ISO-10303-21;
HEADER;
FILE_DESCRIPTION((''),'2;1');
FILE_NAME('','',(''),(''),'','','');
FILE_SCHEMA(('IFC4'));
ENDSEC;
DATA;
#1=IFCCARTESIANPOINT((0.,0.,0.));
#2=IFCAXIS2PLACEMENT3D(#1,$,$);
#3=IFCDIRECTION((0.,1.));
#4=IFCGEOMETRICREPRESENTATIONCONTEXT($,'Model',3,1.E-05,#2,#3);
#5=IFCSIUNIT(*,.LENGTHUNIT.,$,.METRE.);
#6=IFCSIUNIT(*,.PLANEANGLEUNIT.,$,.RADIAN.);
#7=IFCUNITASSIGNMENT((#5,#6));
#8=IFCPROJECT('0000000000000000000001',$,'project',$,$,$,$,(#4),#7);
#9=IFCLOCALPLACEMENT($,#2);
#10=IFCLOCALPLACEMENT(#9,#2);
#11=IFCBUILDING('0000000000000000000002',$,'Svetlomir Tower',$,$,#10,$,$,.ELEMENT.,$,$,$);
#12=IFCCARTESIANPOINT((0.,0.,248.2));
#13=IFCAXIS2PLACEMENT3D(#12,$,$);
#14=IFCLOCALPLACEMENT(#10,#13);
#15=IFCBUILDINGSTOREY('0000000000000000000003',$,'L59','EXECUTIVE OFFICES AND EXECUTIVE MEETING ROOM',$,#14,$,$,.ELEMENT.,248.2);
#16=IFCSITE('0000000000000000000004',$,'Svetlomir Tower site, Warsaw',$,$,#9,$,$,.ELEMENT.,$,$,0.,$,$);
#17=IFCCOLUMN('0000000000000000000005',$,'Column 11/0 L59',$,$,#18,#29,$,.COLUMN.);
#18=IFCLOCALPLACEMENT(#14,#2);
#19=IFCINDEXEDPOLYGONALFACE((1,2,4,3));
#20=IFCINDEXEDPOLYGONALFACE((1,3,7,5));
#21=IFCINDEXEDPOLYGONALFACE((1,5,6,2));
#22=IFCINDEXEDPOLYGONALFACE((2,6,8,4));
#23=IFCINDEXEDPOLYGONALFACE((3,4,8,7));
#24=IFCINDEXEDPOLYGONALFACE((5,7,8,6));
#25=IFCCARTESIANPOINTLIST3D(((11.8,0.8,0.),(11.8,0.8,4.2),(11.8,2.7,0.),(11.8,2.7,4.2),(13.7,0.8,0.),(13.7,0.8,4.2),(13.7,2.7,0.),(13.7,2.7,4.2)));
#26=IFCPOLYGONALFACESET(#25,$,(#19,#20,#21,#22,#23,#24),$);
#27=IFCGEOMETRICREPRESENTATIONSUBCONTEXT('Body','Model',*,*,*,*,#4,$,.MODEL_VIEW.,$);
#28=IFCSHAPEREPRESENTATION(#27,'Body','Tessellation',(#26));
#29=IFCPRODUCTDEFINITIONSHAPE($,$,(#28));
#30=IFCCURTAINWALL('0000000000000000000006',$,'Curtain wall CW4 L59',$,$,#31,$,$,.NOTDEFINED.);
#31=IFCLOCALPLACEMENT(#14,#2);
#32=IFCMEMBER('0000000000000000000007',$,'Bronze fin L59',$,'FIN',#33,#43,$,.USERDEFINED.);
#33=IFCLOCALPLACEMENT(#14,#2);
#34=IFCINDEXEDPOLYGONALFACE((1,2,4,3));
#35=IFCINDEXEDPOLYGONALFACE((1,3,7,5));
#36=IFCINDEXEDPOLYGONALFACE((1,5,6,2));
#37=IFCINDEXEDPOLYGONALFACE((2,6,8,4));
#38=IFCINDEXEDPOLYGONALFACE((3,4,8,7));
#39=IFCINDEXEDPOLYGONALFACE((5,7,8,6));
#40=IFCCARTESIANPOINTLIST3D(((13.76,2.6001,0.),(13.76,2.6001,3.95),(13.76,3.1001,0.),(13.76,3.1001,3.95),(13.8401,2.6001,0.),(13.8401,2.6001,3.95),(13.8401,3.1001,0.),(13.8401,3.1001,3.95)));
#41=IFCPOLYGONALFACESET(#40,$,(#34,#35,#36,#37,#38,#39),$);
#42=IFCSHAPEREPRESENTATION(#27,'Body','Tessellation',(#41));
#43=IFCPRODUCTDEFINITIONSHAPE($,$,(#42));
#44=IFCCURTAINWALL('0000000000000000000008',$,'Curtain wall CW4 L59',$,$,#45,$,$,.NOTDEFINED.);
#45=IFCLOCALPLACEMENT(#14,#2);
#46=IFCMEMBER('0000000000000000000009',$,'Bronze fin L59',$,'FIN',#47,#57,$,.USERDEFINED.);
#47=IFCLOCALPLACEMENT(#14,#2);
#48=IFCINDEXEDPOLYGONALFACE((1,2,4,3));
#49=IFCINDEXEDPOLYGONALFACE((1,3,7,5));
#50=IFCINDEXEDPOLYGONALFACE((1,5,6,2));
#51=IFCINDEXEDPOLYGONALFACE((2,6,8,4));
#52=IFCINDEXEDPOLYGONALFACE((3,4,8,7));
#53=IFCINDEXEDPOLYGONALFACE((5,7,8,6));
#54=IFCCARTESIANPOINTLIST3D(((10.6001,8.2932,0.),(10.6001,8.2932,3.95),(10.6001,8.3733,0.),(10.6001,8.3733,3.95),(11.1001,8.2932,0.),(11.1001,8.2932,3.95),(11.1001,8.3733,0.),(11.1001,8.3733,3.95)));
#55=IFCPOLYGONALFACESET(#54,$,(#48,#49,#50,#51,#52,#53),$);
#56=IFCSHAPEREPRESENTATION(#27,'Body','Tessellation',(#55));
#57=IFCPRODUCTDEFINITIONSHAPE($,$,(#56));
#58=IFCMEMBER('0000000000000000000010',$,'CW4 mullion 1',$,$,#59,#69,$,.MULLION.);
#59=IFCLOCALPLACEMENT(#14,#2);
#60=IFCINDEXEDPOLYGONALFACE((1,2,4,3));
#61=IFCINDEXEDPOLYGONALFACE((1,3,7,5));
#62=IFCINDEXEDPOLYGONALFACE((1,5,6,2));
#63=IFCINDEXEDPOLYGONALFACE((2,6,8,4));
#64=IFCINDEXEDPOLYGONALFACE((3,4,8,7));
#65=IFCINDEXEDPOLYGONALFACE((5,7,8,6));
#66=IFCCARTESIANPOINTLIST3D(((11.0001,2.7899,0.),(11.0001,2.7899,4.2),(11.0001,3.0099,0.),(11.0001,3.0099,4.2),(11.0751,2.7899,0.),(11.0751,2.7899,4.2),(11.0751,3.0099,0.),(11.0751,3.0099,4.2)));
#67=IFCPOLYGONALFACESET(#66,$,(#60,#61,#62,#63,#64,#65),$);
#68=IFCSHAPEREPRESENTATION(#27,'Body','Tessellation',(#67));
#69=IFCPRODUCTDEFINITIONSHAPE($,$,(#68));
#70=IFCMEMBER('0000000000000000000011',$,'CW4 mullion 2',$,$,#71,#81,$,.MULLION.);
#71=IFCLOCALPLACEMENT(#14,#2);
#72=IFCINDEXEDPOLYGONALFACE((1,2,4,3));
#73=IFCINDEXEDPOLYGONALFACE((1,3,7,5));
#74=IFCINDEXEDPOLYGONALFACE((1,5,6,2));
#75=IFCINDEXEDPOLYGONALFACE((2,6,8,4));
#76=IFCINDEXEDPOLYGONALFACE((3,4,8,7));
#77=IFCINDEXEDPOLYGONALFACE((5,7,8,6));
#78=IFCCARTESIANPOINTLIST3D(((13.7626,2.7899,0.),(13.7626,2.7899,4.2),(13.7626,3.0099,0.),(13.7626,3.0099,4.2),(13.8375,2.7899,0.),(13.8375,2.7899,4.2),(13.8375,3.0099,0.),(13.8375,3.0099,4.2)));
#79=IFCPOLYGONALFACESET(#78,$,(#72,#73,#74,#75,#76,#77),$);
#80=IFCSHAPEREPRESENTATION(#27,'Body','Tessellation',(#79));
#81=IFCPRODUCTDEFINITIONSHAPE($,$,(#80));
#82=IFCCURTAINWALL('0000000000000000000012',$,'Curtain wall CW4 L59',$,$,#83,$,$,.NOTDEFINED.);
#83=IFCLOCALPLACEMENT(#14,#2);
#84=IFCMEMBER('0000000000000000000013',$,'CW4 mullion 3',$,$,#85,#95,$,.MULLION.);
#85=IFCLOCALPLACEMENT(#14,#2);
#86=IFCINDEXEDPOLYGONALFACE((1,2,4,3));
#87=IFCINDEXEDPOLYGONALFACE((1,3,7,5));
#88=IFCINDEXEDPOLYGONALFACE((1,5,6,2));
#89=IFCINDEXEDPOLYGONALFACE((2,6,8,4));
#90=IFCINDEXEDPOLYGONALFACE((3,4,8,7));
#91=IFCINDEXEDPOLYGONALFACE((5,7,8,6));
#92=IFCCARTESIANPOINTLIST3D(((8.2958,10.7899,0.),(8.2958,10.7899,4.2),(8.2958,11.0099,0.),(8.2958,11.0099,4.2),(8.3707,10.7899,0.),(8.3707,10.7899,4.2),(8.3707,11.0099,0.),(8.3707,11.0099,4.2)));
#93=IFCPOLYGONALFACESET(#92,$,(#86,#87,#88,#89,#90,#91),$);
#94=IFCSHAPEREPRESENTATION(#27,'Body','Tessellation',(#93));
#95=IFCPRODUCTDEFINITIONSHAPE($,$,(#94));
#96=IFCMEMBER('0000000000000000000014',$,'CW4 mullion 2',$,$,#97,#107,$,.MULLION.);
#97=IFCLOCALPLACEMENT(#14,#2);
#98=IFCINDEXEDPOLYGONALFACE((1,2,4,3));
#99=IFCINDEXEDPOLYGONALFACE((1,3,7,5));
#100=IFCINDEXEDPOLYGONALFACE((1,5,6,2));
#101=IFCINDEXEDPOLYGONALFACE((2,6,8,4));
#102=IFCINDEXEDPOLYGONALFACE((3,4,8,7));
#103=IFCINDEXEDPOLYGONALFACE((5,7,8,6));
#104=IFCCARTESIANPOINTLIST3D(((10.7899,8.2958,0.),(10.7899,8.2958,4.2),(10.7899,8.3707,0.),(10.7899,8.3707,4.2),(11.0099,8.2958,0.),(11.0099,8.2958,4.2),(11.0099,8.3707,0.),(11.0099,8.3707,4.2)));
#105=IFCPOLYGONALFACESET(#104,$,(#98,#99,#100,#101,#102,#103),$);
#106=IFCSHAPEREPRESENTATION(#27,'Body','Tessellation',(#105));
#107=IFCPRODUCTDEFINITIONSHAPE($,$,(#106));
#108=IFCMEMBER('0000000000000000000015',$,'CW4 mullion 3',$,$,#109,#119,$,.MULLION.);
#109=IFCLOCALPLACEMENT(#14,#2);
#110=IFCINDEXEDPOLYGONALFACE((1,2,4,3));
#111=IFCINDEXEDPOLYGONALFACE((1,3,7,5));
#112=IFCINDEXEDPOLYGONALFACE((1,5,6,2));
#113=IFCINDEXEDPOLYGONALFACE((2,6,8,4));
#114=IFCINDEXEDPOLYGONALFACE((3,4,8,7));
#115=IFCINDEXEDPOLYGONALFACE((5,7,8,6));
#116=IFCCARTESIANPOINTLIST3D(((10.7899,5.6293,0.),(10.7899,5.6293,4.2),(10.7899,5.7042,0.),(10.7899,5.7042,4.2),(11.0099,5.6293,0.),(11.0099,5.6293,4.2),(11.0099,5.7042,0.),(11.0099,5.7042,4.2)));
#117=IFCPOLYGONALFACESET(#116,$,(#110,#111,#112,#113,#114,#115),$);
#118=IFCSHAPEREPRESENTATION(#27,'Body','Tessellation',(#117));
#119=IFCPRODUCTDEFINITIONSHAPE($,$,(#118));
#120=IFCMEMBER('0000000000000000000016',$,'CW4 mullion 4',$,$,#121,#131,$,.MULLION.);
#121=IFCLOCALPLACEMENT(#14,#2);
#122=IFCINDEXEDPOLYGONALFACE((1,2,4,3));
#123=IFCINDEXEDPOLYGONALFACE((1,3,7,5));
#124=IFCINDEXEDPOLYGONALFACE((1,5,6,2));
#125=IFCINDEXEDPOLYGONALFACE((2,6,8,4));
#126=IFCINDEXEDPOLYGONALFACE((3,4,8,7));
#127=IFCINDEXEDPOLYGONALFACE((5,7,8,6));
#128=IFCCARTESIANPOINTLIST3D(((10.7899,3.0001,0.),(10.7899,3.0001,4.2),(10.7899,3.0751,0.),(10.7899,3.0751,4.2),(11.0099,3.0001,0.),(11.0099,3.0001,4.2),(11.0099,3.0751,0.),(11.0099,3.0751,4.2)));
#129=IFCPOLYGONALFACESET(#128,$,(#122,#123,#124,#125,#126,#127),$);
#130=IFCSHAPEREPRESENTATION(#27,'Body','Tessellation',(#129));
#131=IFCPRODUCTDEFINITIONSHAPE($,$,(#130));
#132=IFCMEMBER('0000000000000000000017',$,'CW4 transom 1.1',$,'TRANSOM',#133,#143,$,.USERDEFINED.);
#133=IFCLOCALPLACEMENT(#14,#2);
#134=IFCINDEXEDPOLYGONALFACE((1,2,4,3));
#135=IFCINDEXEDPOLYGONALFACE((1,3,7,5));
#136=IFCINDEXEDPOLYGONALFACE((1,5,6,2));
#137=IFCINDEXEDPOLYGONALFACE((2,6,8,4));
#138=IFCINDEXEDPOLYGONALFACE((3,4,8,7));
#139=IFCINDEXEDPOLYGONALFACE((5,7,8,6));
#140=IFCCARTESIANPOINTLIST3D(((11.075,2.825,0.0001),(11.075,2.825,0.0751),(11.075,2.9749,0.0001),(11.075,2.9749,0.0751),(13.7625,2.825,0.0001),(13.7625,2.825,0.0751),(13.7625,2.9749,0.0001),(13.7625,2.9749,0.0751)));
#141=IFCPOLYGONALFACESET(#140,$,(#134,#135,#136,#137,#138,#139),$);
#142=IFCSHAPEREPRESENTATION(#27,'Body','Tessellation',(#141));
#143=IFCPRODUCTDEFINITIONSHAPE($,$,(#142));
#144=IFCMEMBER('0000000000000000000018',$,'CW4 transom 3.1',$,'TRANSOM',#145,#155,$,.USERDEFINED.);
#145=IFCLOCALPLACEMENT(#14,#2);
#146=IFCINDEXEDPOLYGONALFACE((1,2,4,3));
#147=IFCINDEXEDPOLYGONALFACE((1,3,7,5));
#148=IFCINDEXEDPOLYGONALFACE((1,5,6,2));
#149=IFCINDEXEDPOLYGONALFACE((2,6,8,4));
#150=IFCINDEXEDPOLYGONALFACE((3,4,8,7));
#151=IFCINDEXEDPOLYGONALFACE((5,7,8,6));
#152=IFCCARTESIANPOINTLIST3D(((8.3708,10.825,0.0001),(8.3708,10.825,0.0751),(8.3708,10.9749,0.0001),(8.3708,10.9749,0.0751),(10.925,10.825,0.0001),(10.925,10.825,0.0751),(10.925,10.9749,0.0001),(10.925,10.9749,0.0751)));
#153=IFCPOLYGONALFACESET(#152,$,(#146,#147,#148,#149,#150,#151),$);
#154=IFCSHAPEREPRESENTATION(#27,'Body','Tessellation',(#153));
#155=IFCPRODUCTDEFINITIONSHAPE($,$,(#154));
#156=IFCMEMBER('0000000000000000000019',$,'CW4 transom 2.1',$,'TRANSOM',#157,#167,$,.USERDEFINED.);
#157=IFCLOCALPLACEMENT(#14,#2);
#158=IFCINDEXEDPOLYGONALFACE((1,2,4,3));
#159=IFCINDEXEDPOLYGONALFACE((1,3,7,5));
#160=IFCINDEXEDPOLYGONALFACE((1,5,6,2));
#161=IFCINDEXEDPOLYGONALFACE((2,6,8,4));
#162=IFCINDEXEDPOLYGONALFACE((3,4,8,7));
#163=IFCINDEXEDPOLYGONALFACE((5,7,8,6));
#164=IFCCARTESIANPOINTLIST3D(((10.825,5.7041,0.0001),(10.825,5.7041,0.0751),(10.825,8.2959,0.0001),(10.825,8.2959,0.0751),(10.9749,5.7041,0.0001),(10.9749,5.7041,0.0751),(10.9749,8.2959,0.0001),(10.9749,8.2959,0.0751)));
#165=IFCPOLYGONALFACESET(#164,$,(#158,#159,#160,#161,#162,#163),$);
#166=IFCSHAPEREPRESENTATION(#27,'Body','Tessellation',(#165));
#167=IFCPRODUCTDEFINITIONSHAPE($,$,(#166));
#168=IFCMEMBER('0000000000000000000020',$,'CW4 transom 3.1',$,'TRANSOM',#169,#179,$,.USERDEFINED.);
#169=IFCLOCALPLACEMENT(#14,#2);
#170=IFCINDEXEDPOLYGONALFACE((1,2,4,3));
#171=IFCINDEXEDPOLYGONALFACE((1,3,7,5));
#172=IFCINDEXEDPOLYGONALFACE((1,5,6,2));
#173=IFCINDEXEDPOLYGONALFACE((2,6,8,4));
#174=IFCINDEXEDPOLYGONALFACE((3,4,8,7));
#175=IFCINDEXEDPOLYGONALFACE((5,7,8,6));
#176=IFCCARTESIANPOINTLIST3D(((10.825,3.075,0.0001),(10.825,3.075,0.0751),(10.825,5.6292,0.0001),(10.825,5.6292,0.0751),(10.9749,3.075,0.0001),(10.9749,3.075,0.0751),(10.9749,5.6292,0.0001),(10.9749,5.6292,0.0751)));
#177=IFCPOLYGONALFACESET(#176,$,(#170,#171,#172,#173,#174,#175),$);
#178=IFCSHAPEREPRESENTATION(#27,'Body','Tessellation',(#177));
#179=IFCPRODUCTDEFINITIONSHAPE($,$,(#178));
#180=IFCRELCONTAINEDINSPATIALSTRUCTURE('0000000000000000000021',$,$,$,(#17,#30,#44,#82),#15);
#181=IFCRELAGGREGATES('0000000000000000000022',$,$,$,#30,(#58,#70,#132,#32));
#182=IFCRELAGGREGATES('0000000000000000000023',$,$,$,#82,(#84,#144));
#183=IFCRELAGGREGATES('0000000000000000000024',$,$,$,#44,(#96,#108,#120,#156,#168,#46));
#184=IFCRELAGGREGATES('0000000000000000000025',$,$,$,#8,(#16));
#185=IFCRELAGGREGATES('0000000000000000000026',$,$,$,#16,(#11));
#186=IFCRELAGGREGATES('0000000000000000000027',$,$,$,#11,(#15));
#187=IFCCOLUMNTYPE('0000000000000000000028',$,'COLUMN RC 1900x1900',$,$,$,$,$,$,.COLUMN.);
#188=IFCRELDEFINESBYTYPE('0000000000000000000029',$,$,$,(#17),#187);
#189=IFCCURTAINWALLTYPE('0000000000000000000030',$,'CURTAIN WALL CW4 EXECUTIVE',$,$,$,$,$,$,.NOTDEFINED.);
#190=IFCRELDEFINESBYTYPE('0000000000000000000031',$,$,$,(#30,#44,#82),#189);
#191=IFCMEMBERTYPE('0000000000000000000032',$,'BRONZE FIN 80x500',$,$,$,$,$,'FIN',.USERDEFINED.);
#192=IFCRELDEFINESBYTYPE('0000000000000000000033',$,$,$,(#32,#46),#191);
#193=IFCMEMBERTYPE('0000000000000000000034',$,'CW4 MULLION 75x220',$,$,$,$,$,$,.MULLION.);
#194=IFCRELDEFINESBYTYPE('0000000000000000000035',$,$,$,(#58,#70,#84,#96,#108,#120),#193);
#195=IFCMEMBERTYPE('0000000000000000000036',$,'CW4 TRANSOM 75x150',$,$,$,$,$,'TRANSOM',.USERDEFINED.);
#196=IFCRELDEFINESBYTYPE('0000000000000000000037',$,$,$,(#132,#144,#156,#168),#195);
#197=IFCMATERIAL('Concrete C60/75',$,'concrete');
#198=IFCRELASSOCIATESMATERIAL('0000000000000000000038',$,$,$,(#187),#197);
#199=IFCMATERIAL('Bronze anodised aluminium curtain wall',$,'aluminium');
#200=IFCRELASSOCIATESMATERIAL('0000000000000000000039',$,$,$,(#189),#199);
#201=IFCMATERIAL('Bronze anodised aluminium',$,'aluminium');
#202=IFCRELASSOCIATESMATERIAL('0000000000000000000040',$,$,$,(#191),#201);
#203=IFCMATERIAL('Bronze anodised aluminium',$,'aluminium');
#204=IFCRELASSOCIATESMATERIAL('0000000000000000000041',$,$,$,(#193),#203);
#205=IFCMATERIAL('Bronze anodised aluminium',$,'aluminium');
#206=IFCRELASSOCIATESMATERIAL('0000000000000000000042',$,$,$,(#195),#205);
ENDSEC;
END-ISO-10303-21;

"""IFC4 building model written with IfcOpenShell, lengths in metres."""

from ifc_helpers import new_model, si_unit, direction, frame, origin, origin_2d, place, context, subcontext, project, spatial, rectangle, extrude, material, material_profile, profile_set, type_object, element, aggregate, save


model = new_model("IFC4")

# Units and contexts
model_context = context("Model", 3, precision=1e-05, world=origin(), true_north=direction((0.0, 1.0)))
body_context = subcontext(model_context, "Body", "Model", "MODEL_VIEW")
ifc_project = project(units=[si_unit("LENGTHUNIT", "METRE"), si_unit("PLANEANGLEUNIT", "RADIAN")], contexts=[model_context])

# Site, building, storey
site_placement = place(None, origin())
site = spatial("IfcSite", under=ifc_project, at=site_placement, Name="Svetlomir Tower site, Warsaw", CompositionType="ELEMENT", RefElevation=0.0)
building_placement = place(site_placement, origin())
building = spatial("IfcBuilding", under=site, at=building_placement, Name="Svetlomir Tower", CompositionType="ELEMENT")
storey_placement = place(building_placement, frame((0.0, 0.0, 248.2)))
storey = spatial("IfcBuildingStorey", under=building, at=storey_placement, Name="L59", Description="EXECUTIVE OFFICES AND EXECUTIVE MEETING ROOM", CompositionType="ELEMENT", Elevation=248.2)

# Column
ifc_material_1 = material(Name="Concrete C60/75", Category="concrete")
ifc_material_profile_1 = material_profile(ifc_material_1, rectangle(XDim=1.8999, YDim=1.8999, at=origin_2d()), Name="RC 1900x1900")
ifc_profile_set_1 = profile_set([ifc_material_profile_1], Name="Concrete C60/75")
column_type = type_object("IfcColumnType", Name="COLUMN RC 1900x1900", PredefinedType="COLUMN", material=ifc_profile_set_1)
column_placement = place(storey_placement, frame((12.75, 1.75, 0.0), z_axis=(0.0, 0.0, 1.0), x_axis=(1.0, 0.0, 0.0)))
element("IfcColumn", 1, at=column_placement, inside=storey, type_object=column_type, Name="Column 11/0 L59", PredefinedType="COLUMN", context=body_context, shape_type="SweptSolid", body=[
    extrude(rectangle(XDim=1.8999, YDim=1.8999, at=origin_2d()), origin(), (0.0, 0.0, 1.0), 4.2),
])

# Curtain walls, members
ifc_material_2 = material(Name="Bronze anodised aluminium curtain wall", Category="aluminium")
curtain_wall_type = type_object("IfcCurtainWallType", Name="CURTAIN WALL CW4 EXECUTIVE", PredefinedType="NOTDEFINED", material=ifc_material_2)
curtain_wall_1_placement = place(storey_placement, origin())
curtain_wall_1 = element("IfcCurtainWall", 2, at=curtain_wall_1_placement, inside=storey, type_object=curtain_wall_type, Name="Curtain wall CW4 L59", PredefinedType="NOTDEFINED")
ifc_material_3 = material(Name="Bronze anodised aluminium", Category="aluminium")
ifc_material_profile_2 = material_profile(ifc_material_3, rectangle(XDim=0.0801, YDim=0.5, at=origin_2d()), Name="FIN 80x500")
ifc_profile_set_2 = profile_set([ifc_material_profile_2], Name="Bronze anodised aluminium 6063-T6")
member_type_1 = type_object("IfcMemberType", Name="BRONZE FIN 80x500", ElementType="FIN", PredefinedType="USERDEFINED", material=ifc_profile_set_2)
member_1_placement = place(storey_placement, frame((13.8, 2.8501, 0.0), z_axis=(0.0, 0.0, 1.0), x_axis=(1.0, 0.0, 0.0)))
member_1 = element("IfcMember", 3, at=member_1_placement, type_object=member_type_1, Name="Bronze fin L59", ObjectType="FIN", PredefinedType="USERDEFINED", context=body_context, shape_type="SweptSolid", body=[
    extrude(rectangle(XDim=0.0801, YDim=0.5, at=origin_2d()), origin(), (0.0, 0.0, 1.0), 3.95),
])
curtain_wall_2_placement = place(storey_placement, origin())
curtain_wall_2 = element("IfcCurtainWall", 4, at=curtain_wall_2_placement, inside=storey, type_object=curtain_wall_type, Name="Curtain wall CW4 L59", PredefinedType="NOTDEFINED")
member_2_placement = place(storey_placement, frame((10.8501, 8.3333, 0.0), z_axis=(0.0, 0.0, 1.0), x_axis=(0.0, 1.0, 0.0)))
member_2 = element("IfcMember", 5, at=member_2_placement, type_object=member_type_1, Name="Bronze fin L59", ObjectType="FIN", PredefinedType="USERDEFINED", context=body_context, shape_type="SweptSolid", body=[
    extrude(rectangle(XDim=0.0801, YDim=0.5, at=origin_2d()), origin(), (0.0, 0.0, 1.0), 3.95),
])

# Members
ifc_material_4 = material(Name="Bronze anodised aluminium", Category="aluminium")
ifc_material_profile_3 = material_profile(ifc_material_4, rectangle(XDim=0.075, YDim=0.22, at=origin_2d()), Name="AL 75x220")
ifc_profile_set_3 = profile_set([ifc_material_profile_3], Name="Bronze anodised aluminium 6063-T6")
member_type_2 = type_object("IfcMemberType", Name="CW4 MULLION 75x220", PredefinedType="MULLION", material=ifc_profile_set_3)
member_3_placement = place(storey_placement, frame((11.0376, 2.8999, 0.0), z_axis=(0.0, 0.0, 1.0), x_axis=(1.0, 0.0, 0.0)))
member_3 = element("IfcMember", 6, at=member_3_placement, type_object=member_type_2, Name="CW4 mullion 1", PredefinedType="MULLION", context=body_context, shape_type="SweptSolid", body=[
    extrude(rectangle(XDim=0.075, YDim=0.22, at=origin_2d()), origin(), (0.0, 0.0, 1.0), 4.2),
])
member_4_placement = place(storey_placement, frame((13.8, 2.8999, 0.0), z_axis=(0.0, 0.0, 1.0), x_axis=(1.0, 0.0, 0.0)))
member_4 = element("IfcMember", 7, at=member_4_placement, type_object=member_type_2, Name="CW4 mullion 2", PredefinedType="MULLION", context=body_context, shape_type="SweptSolid", body=[
    extrude(rectangle(XDim=0.075, YDim=0.22, at=origin_2d()), origin(), (0.0, 0.0, 1.0), 4.2),
])

# Curtain wall, member
curtain_wall_3_placement = place(storey_placement, origin())
curtain_wall_3 = element("IfcCurtainWall", 8, at=curtain_wall_3_placement, inside=storey, type_object=curtain_wall_type, Name="Curtain wall CW4 L59", PredefinedType="NOTDEFINED")
member_5_placement = place(storey_placement, frame((8.3333, 10.8999, 0.0), z_axis=(0.0, 0.0, 1.0), x_axis=(1.0, 0.0, 0.0)))
member_5 = element("IfcMember", 9, at=member_5_placement, type_object=member_type_2, Name="CW4 mullion 3", PredefinedType="MULLION", context=body_context, shape_type="SweptSolid", body=[
    extrude(rectangle(XDim=0.075, YDim=0.22, at=origin_2d()), origin(), (0.0, 0.0, 1.0), 4.2),
])

# Members
member_6_placement = place(storey_placement, frame((10.8999, 8.3333, 0.0), z_axis=(0.0, 0.0, 1.0), x_axis=(0.0, -1.0, 0.0)))
member_6 = element("IfcMember", 10, at=member_6_placement, type_object=member_type_2, Name="CW4 mullion 2", PredefinedType="MULLION", context=body_context, shape_type="SweptSolid", body=[
    extrude(rectangle(XDim=0.075, YDim=0.22, at=origin_2d()), origin(), (0.0, 0.0, 1.0), 4.2),
])
member_7_placement = place(storey_placement, frame((10.8999, 5.6667, 0.0), z_axis=(0.0, 0.0, 1.0), x_axis=(0.0, -1.0, 0.0)))
member_7 = element("IfcMember", 11, at=member_7_placement, type_object=member_type_2, Name="CW4 mullion 3", PredefinedType="MULLION", context=body_context, shape_type="SweptSolid", body=[
    extrude(rectangle(XDim=0.075, YDim=0.22, at=origin_2d()), origin(), (0.0, 0.0, 1.0), 4.2),
])
member_8_placement = place(storey_placement, frame((10.8999, 3.0376, 0.0), z_axis=(0.0, 0.0, 1.0), x_axis=(0.0, -1.0, 0.0)))
member_8 = element("IfcMember", 12, at=member_8_placement, type_object=member_type_2, Name="CW4 mullion 4", PredefinedType="MULLION", context=body_context, shape_type="SweptSolid", body=[
    extrude(rectangle(XDim=0.075, YDim=0.22, at=origin_2d()), origin(), (0.0, 0.0, 1.0), 4.2),
])
ifc_material_5 = material(Name="Bronze anodised aluminium", Category="aluminium")
ifc_material_profile_4 = material_profile(ifc_material_5, rectangle(XDim=0.1499, YDim=0.075, at=origin_2d()), Name="AL 150x75")
ifc_profile_set_4 = profile_set([ifc_material_profile_4], Name="Bronze anodised aluminium 6063-T6")
member_type_3 = type_object("IfcMemberType", Name="CW4 TRANSOM 75x150", ElementType="TRANSOM", PredefinedType="USERDEFINED", material=ifc_profile_set_4)
member_9_placement = place(storey_placement, frame((11.075, 2.8999, 0.0376), z_axis=(1.0, 0.0, 0.0), x_axis=(0.0, 1.0, 0.0)))
member_9 = element("IfcMember", 13, at=member_9_placement, type_object=member_type_3, Name="CW4 transom 1.1", ObjectType="TRANSOM", PredefinedType="USERDEFINED", context=body_context, shape_type="SweptSolid", body=[
    extrude(rectangle(XDim=0.1499, YDim=0.075, at=origin_2d()), origin(), (0.0, 0.0, 1.0), 2.6875),
])
member_10_placement = place(storey_placement, frame((8.3708, 10.8999, 0.0376), z_axis=(1.0, 0.0, 0.0), x_axis=(0.0, 1.0, 0.0)))
member_10 = element("IfcMember", 14, at=member_10_placement, type_object=member_type_3, Name="CW4 transom 3.1", ObjectType="TRANSOM", PredefinedType="USERDEFINED", context=body_context, shape_type="SweptSolid", body=[
    extrude(rectangle(XDim=0.1499, YDim=0.075, at=origin_2d()), origin(), (0.0, 0.0, 1.0), 2.5542),
])
member_11_placement = place(storey_placement, frame((10.8999, 8.2959, 0.0376), z_axis=(0.0, -1.0, 0.0), x_axis=(1.0, 0.0, 0.0)))
member_11 = element("IfcMember", 15, at=member_11_placement, type_object=member_type_3, Name="CW4 transom 2.1", ObjectType="TRANSOM", PredefinedType="USERDEFINED", context=body_context, shape_type="SweptSolid", body=[
    extrude(rectangle(XDim=0.1499, YDim=0.075, at=origin_2d()), origin(), (0.0, 0.0, 1.0), 2.5918),
])
member_12_placement = place(storey_placement, frame((10.8999, 5.6292, 0.0376), z_axis=(0.0, -1.0, 0.0), x_axis=(1.0, 0.0, 0.0)))
member_12 = element("IfcMember", 16, at=member_12_placement, type_object=member_type_3, Name="CW4 transom 3.1", ObjectType="TRANSOM", PredefinedType="USERDEFINED", context=body_context, shape_type="SweptSolid", body=[
    extrude(rectangle(XDim=0.1499, YDim=0.075, at=origin_2d()), origin(), (0.0, 0.0, 1.0), 2.5542),
])

aggregate(curtain_wall_1, [member_3, member_4, member_9, member_1])
aggregate(curtain_wall_3, [member_5, member_10])
aggregate(curtain_wall_2, [member_6, member_7, member_8, member_11, member_12, member_2])

save(model, "model.ifc")
